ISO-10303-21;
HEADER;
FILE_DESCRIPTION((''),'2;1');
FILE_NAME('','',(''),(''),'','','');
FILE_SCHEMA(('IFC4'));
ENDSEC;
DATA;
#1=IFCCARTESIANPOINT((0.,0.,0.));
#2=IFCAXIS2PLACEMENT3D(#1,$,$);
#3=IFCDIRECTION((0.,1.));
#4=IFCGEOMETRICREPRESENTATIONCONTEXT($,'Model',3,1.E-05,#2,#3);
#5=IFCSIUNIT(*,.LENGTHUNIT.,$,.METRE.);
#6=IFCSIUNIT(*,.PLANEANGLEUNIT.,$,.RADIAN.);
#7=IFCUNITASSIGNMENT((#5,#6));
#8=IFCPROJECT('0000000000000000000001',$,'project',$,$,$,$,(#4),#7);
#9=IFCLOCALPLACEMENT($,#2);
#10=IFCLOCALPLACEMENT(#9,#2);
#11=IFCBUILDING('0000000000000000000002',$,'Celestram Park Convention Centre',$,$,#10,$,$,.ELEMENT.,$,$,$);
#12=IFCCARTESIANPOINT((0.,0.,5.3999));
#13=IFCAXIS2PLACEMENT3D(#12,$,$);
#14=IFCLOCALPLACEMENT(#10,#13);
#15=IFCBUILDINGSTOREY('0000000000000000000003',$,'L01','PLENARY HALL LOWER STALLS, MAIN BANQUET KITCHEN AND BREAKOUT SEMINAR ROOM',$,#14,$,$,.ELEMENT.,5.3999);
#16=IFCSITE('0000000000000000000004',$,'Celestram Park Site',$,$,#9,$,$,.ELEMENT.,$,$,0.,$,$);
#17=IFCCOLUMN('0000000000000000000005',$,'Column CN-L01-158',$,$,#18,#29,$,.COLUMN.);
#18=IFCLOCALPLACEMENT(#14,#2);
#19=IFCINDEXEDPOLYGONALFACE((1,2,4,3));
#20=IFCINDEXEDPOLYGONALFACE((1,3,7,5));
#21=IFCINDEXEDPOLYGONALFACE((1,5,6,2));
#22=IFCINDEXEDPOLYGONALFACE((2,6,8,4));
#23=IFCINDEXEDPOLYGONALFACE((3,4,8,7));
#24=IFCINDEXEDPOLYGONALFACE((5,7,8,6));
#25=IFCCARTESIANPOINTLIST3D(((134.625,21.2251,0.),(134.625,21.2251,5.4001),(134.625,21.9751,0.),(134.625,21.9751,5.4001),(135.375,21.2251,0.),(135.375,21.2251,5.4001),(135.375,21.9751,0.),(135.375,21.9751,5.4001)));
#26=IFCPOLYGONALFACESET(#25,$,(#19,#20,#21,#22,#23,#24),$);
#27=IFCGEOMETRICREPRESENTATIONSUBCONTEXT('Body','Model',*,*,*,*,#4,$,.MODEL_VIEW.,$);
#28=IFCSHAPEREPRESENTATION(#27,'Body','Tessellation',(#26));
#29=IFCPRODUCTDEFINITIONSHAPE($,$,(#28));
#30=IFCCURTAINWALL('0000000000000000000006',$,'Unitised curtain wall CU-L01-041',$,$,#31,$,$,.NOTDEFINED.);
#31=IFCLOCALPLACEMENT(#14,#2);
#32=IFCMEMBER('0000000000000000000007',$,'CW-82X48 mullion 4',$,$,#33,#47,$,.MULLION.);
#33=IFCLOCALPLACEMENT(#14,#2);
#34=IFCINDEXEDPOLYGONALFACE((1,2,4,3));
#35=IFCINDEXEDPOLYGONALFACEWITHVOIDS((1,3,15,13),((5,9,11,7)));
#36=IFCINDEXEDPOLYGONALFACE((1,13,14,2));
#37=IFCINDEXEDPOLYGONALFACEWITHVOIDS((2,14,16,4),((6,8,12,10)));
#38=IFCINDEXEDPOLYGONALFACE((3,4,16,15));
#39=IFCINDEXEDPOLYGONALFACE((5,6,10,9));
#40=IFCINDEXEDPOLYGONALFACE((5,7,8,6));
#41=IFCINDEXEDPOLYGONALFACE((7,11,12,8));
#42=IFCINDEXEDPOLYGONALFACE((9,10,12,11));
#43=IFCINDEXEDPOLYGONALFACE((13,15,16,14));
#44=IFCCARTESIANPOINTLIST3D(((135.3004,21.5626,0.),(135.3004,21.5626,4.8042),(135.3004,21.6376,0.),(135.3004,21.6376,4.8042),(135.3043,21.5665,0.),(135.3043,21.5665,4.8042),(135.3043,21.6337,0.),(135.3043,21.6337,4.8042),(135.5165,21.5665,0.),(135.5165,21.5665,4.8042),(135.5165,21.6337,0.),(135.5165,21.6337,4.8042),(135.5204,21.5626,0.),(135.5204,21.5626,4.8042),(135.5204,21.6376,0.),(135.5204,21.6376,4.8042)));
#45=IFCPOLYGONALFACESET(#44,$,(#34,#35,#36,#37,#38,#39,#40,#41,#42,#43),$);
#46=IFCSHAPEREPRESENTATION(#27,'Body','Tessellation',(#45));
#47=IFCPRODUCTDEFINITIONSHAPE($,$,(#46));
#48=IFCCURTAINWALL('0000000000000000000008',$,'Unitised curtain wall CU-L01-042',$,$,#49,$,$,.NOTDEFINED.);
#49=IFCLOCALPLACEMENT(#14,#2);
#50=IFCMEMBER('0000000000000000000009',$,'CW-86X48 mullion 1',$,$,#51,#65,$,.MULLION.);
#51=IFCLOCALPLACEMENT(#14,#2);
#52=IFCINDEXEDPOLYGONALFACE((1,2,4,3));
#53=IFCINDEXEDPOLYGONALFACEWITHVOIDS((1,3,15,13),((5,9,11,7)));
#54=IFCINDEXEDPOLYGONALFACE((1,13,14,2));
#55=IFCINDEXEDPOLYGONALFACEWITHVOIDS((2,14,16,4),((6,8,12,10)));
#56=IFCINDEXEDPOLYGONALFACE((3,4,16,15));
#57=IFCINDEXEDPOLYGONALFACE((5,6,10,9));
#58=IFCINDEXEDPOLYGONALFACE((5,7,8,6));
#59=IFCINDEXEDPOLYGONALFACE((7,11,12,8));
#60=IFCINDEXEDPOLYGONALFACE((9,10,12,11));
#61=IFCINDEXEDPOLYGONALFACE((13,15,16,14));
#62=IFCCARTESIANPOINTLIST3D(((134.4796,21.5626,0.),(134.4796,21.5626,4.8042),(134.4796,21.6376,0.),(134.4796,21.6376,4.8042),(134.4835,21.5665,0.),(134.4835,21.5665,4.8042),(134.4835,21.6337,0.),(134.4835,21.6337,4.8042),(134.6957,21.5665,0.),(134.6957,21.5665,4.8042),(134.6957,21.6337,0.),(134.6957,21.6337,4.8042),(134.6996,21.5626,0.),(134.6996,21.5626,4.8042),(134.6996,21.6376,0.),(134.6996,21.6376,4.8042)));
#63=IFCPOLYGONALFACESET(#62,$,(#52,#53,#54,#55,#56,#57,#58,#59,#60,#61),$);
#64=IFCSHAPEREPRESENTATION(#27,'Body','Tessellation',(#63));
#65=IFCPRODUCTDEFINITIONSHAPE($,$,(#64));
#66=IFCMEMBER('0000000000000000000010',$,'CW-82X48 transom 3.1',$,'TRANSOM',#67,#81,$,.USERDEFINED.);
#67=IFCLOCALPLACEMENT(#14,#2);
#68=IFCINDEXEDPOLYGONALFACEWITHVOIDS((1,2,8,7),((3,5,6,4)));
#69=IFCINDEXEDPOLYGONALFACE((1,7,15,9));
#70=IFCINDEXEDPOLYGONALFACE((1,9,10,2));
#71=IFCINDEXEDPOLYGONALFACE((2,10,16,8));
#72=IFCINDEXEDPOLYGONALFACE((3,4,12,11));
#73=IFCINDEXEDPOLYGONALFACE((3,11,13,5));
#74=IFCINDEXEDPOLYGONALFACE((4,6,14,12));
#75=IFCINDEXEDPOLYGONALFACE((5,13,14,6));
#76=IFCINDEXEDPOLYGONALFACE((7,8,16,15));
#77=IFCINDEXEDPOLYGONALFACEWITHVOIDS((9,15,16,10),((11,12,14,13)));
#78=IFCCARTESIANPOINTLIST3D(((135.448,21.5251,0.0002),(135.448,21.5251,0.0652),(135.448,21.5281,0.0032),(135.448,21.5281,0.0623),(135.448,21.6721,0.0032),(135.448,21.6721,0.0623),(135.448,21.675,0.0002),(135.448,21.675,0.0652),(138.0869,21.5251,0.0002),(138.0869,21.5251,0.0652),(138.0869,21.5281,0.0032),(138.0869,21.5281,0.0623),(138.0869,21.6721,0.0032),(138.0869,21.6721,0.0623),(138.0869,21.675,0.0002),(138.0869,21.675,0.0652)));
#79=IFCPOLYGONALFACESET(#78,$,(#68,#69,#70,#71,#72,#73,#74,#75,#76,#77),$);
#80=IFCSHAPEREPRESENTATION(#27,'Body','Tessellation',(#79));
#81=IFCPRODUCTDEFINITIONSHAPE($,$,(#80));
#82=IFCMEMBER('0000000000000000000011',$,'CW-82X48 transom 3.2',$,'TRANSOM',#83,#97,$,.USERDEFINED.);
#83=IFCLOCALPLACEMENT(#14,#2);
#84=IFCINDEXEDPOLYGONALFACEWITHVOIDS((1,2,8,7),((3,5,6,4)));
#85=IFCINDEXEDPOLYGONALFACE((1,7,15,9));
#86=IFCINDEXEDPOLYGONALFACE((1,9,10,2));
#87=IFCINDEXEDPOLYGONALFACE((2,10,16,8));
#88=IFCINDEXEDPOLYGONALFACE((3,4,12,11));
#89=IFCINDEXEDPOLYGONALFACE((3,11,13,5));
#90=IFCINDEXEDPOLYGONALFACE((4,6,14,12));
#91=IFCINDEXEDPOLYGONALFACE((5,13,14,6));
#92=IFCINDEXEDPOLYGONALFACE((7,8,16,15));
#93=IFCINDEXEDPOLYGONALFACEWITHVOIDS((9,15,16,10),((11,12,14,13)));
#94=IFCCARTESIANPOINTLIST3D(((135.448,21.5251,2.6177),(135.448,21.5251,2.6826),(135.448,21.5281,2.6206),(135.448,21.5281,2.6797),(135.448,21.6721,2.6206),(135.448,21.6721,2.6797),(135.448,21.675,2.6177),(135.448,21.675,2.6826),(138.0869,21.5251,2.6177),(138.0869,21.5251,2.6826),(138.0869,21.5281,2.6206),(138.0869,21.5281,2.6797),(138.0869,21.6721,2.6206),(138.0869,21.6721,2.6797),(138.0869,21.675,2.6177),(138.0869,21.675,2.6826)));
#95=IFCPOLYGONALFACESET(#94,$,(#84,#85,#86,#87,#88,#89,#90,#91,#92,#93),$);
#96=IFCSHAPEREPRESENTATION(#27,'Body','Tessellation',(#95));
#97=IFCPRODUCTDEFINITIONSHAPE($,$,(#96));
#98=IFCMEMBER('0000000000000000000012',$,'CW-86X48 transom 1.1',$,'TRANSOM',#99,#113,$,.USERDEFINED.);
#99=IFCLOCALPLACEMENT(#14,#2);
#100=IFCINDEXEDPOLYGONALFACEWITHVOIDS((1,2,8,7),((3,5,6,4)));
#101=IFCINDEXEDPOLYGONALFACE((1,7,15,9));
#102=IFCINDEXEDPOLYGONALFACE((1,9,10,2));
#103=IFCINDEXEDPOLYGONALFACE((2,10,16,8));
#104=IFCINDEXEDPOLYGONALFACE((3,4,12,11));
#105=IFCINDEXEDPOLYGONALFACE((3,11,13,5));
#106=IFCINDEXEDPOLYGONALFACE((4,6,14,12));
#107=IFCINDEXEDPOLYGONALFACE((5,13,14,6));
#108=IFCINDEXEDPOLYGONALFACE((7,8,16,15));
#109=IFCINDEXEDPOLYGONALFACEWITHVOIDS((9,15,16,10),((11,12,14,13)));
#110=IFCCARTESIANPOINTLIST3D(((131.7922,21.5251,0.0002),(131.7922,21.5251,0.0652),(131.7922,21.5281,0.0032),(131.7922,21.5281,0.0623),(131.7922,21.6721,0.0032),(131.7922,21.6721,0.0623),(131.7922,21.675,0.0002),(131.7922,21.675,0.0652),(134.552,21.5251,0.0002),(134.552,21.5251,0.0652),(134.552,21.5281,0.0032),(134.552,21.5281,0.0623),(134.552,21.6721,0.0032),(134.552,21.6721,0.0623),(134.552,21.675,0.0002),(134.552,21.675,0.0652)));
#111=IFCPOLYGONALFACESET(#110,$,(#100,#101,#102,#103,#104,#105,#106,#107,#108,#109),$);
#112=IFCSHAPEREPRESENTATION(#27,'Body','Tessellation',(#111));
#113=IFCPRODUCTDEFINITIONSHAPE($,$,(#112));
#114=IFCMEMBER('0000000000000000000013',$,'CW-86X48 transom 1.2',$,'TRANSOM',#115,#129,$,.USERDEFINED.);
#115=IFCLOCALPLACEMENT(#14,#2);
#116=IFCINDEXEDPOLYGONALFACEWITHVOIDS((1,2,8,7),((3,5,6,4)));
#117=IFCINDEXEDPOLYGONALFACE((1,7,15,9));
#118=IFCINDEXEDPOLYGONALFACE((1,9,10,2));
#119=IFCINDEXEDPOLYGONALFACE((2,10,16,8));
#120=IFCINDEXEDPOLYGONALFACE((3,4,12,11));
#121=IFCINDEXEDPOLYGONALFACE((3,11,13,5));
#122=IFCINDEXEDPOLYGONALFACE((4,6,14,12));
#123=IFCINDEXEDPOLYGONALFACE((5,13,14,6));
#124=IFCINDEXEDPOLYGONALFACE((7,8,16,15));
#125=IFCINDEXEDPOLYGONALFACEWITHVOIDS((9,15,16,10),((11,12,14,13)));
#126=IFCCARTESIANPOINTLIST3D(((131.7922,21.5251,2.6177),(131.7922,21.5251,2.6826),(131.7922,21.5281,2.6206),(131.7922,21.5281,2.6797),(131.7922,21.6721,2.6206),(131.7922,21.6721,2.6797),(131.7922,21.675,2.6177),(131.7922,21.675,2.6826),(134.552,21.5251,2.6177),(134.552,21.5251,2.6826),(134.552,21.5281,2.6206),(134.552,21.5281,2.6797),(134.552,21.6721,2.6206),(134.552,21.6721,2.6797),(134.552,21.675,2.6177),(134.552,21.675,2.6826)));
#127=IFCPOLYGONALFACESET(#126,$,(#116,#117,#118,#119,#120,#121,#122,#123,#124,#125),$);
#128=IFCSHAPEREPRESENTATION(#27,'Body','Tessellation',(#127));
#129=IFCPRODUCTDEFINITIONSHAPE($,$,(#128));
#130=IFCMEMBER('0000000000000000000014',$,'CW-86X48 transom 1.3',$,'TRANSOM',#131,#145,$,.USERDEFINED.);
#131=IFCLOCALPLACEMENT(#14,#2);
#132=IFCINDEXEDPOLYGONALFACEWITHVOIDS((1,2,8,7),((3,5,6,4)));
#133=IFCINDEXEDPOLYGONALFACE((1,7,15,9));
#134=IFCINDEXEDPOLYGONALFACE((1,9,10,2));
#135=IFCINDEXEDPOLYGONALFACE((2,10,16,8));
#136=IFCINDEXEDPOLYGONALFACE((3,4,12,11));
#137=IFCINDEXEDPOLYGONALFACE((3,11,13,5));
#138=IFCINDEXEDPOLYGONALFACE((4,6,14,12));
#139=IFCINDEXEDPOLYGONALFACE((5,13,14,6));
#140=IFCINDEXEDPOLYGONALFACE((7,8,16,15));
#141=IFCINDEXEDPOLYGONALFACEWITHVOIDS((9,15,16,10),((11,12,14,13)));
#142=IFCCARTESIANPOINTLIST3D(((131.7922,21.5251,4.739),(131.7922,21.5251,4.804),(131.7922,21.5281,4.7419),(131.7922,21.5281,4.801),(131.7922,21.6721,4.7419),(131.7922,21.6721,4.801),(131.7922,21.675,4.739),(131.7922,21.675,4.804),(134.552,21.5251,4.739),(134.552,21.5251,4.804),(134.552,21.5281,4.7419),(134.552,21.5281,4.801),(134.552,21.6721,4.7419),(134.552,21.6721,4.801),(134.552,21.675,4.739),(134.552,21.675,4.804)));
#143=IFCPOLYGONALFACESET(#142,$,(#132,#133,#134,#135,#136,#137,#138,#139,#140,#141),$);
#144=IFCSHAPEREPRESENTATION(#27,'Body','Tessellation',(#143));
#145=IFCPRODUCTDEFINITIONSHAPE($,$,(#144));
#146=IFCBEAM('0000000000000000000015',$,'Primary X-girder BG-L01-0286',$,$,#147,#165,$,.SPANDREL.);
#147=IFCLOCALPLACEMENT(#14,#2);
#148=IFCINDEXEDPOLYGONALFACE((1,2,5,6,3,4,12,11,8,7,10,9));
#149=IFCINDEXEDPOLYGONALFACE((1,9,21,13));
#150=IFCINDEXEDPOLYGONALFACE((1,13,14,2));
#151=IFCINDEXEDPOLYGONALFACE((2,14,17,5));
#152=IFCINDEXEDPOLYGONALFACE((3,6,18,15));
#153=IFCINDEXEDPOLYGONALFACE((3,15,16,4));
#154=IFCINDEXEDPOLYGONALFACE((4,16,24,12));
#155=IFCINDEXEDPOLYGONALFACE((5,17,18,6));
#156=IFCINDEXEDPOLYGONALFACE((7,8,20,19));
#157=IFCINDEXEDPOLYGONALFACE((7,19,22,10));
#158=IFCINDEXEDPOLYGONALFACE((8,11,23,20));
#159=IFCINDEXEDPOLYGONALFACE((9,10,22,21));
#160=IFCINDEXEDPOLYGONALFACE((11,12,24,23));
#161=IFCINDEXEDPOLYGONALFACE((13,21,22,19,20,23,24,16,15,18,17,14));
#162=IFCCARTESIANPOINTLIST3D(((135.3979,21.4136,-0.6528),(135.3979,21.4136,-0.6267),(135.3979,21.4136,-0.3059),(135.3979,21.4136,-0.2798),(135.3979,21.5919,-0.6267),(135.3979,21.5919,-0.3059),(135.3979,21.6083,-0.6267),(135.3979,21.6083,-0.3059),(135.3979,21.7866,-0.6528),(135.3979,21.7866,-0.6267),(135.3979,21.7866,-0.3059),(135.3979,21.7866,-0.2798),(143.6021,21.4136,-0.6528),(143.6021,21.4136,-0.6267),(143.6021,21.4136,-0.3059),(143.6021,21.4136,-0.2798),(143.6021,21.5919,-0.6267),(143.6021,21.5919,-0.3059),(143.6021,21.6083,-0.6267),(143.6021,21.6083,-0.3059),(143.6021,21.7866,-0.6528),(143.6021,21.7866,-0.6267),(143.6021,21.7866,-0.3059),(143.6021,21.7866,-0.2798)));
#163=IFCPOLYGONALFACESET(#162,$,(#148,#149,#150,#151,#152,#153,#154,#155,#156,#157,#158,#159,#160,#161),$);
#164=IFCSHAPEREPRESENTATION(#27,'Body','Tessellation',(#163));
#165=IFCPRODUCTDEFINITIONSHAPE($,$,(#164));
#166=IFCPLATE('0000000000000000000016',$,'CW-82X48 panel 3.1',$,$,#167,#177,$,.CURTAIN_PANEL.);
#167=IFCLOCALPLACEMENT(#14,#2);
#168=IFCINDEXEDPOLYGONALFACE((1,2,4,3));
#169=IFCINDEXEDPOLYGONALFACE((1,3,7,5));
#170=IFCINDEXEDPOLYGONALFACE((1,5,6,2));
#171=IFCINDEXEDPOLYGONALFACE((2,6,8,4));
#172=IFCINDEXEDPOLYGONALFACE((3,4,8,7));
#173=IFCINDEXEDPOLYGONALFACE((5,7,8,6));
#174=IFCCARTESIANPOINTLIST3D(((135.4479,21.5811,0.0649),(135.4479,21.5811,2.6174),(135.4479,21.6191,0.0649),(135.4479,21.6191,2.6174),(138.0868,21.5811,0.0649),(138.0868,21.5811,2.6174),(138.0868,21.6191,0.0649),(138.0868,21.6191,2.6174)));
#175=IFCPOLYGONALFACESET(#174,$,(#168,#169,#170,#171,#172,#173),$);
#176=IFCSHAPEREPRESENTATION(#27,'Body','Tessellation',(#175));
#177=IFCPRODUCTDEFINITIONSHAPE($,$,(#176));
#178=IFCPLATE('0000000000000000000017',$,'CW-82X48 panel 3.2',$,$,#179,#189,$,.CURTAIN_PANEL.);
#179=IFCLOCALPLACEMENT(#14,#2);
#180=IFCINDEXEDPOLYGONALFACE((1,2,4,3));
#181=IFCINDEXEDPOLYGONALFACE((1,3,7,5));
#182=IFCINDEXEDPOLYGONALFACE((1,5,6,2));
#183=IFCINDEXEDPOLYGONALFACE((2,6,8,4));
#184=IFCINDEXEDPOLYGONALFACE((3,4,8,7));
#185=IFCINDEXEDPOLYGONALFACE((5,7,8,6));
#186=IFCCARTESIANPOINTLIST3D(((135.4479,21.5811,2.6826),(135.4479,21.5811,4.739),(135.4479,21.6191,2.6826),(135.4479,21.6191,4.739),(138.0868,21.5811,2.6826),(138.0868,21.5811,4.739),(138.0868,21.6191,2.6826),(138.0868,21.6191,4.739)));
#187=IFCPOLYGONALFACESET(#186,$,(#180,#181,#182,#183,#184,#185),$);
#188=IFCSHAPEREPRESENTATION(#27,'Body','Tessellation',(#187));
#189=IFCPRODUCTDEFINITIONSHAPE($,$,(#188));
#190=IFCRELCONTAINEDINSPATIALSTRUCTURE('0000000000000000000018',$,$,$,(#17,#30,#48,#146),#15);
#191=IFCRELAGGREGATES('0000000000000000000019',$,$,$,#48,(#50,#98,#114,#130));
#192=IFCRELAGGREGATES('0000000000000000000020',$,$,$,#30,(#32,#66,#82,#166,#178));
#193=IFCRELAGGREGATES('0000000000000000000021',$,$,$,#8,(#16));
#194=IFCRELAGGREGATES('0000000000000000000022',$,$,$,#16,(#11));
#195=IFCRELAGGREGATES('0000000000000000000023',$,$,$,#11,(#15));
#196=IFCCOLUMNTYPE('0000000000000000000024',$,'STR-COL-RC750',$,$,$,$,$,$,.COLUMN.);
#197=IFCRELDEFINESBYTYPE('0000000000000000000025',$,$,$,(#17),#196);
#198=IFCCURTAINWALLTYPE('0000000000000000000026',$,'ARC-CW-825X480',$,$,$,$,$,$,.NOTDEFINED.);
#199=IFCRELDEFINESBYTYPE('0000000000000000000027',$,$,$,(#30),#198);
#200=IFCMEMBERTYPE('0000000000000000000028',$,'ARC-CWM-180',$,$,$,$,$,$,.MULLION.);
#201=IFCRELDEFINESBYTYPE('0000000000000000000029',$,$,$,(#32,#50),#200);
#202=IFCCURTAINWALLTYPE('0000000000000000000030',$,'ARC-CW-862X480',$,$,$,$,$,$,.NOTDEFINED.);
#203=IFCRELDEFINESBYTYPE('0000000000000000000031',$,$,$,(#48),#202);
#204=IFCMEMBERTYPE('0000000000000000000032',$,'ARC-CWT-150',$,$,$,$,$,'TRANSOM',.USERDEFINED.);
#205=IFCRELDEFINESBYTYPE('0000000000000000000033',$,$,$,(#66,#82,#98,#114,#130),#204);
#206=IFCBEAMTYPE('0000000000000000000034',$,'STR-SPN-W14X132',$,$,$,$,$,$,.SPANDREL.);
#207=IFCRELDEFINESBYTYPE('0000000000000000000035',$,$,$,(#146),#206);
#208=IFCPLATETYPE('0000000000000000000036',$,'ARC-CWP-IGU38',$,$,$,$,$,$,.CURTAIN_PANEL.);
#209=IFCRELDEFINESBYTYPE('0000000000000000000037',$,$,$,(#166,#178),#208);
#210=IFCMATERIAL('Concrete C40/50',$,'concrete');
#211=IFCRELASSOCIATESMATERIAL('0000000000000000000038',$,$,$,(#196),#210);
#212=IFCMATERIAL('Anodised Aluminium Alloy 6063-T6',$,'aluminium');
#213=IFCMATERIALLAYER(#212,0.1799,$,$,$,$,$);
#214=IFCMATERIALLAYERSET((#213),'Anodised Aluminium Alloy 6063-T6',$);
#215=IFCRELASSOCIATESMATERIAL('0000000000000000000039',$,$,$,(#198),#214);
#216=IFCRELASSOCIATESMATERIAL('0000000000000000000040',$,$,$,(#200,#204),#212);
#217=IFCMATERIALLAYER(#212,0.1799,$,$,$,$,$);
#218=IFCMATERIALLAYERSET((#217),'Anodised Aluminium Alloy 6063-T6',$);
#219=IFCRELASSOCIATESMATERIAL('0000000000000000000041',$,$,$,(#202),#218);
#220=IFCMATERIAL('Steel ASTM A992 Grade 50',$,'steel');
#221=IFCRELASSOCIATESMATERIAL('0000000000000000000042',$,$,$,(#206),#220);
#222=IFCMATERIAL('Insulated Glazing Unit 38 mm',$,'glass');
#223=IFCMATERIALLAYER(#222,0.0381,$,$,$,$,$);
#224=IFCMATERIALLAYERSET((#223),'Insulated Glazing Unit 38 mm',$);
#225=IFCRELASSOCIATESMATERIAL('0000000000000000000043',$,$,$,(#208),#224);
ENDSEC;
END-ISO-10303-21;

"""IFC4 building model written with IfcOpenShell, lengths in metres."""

from ifc_helpers import new_model, si_unit, direction, frame, origin, origin_2d, place, context, subcontext, project, spatial, rectangle, hollow_rectangle, i_section, extrude, material, layer, layer_set, material_profile, profile_set, type_object, element, aggregate, save


model = new_model("IFC4")

# Units and contexts
model_context = context("Model", 3, precision=1e-05, world=origin(), true_north=direction((0.0, 1.0)))
body_context = subcontext(model_context, "Body", "Model", "MODEL_VIEW")
ifc_project = project(units=[si_unit("LENGTHUNIT", "METRE"), si_unit("PLANEANGLEUNIT", "RADIAN")], contexts=[model_context])

# Site, building, storey
site_placement = place(None, origin())
site = spatial("IfcSite", under=ifc_project, at=site_placement, Name="Celestram Park Site", CompositionType="ELEMENT", RefElevation=0.0)
building_placement = place(site_placement, origin())
building = spatial("IfcBuilding", under=site, at=building_placement, Name="Celestram Park Convention Centre", CompositionType="ELEMENT")
storey_placement = place(building_placement, frame((0.0, 0.0, 5.3999)))
storey = spatial("IfcBuildingStorey", under=building, at=storey_placement, Name="L01", Description="PLENARY HALL LOWER STALLS, MAIN BANQUET KITCHEN AND BREAKOUT SEMINAR ROOM", CompositionType="ELEMENT", Elevation=5.3999)

# Column
ifc_material_1 = material(Name="Concrete C40/50", Category="concrete")
ifc_material_profile_1 = material_profile(ifc_material_1, rectangle(XDim=0.75, YDim=0.75, at=origin_2d()), Name="RC750X750")
ifc_profile_set_1 = profile_set([ifc_material_profile_1], Name="Concrete C40/50")
column_type = type_object("IfcColumnType", Name="STR-COL-RC750", PredefinedType="COLUMN", material=ifc_profile_set_1)
column_placement = place(storey_placement, frame((135.0, 21.6001, 0.0), z_axis=(0.0, 0.0, 1.0), x_axis=(1.0, 0.0, 0.0)))
element("IfcColumn", 1, at=column_placement, inside=storey, type_object=column_type, Name="Column CN-L01-158", PredefinedType="COLUMN", context=body_context, shape_type="SweptSolid", body=[
    extrude(rectangle(XDim=0.75, YDim=0.75, at=origin_2d()), origin(), (0.0, 0.0, 1.0), 5.4001),
])

# Curtain walls, members
ifc_material_2 = material(Name="Anodised Aluminium Alloy 6063-T6", Category="aluminium")
ifc_layer_1 = layer(ifc_material_2, 0.1799)
ifc_layer_set_1 = layer_set([ifc_layer_1], Name="Anodised Aluminium Alloy 6063-T6")
curtain_wall_type_1 = type_object("IfcCurtainWallType", Name="ARC-CW-825X480", PredefinedType="NOTDEFINED", material=ifc_layer_set_1)
curtain_wall_1_placement = place(storey_placement, origin())
curtain_wall_1 = element("IfcCurtainWall", 2, at=curtain_wall_1_placement, inside=storey, type_object=curtain_wall_type_1, Name="Unitised curtain wall CU-L01-041", PredefinedType="NOTDEFINED")
ifc_material_profile_2 = material_profile(ifc_material_2, hollow_rectangle(XDim=0.075, YDim=0.22, WallThickness=0.0039, at=origin_2d()), Name="ALU75X220X4")
ifc_profile_set_2 = profile_set([ifc_material_profile_2], Name="Anodised Aluminium Alloy 6063-T6")
member_type_1 = type_object("IfcMemberType", Name="ARC-CWM-180", PredefinedType="MULLION", material=ifc_profile_set_2)
member_1_placement = place(storey_placement, frame((135.4104, 21.6001, 0.0), z_axis=(0.0, 0.0, 1.0), x_axis=(0.0, -1.0, 0.0)))
member_1 = element("IfcMember", 3, at=member_1_placement, type_object=member_type_1, Name="CW-82X48 mullion 4", PredefinedType="MULLION", context=body_context, shape_type="SweptSolid", body=[
    extrude(hollow_rectangle(XDim=0.075, YDim=0.22, WallThickness=0.0039, at=origin_2d()), origin(), (0.0, 0.0, 1.0), 4.8042),
])
ifc_layer_2 = layer(ifc_material_2, 0.1799)
ifc_layer_set_2 = layer_set([ifc_layer_2], Name="Anodised Aluminium Alloy 6063-T6")
curtain_wall_type_2 = type_object("IfcCurtainWallType", Name="ARC-CW-862X480", PredefinedType="NOTDEFINED", material=ifc_layer_set_2)
curtain_wall_2_placement = place(storey_placement, origin())
curtain_wall_2 = element("IfcCurtainWall", 4, at=curtain_wall_2_placement, inside=storey, type_object=curtain_wall_type_2, Name="Unitised curtain wall CU-L01-042", PredefinedType="NOTDEFINED")
member_2_placement = place(storey_placement, frame((134.5896, 21.6001, 0.0), z_axis=(0.0, 0.0, 1.0), x_axis=(0.0, -1.0, 0.0)))
member_2 = element("IfcMember", 5, at=member_2_placement, type_object=member_type_1, Name="CW-86X48 mullion 1", PredefinedType="MULLION", context=body_context, shape_type="SweptSolid", body=[
    extrude(hollow_rectangle(XDim=0.075, YDim=0.22, WallThickness=0.0039, at=origin_2d()), origin(), (0.0, 0.0, 1.0), 4.8042),
])

# Members
ifc_material_profile_3 = material_profile(ifc_material_2, hollow_rectangle(XDim=0.1499, YDim=0.0649, WallThickness=0.0029, at=origin_2d()), Name="ALU150X65X3")
ifc_profile_set_3 = profile_set([ifc_material_profile_3], Name="Anodised Aluminium Alloy 6063-T6")
member_type_2 = type_object("IfcMemberType", Name="ARC-CWT-150", ElementType="TRANSOM", PredefinedType="USERDEFINED", material=ifc_profile_set_3)
member_3_placement = place(storey_placement, frame((138.0869, 21.6001, 0.0327), z_axis=(-1.0, 0.0, 0.0), x_axis=(0.0, -1.0, 0.0)))
member_3 = element("IfcMember", 6, at=member_3_placement, type_object=member_type_2, Name="CW-82X48 transom 3.1", ObjectType="TRANSOM", PredefinedType="USERDEFINED", context=body_context, shape_type="SweptSolid", body=[
    extrude(hollow_rectangle(XDim=0.1499, YDim=0.0649, WallThickness=0.0029, at=origin_2d()), origin(), (0.0, 0.0, 1.0), 2.6389),
])
member_4_placement = place(storey_placement, frame((138.0869, 21.6001, 2.6501), z_axis=(-1.0, 0.0, 0.0), x_axis=(0.0, -1.0, 0.0)))
member_4 = element("IfcMember", 7, at=member_4_placement, type_object=member_type_2, Name="CW-82X48 transom 3.2", ObjectType="TRANSOM", PredefinedType="USERDEFINED", context=body_context, shape_type="SweptSolid", body=[
    extrude(hollow_rectangle(XDim=0.1499, YDim=0.0649, WallThickness=0.0029, at=origin_2d()), origin(), (0.0, 0.0, 1.0), 2.6389),
])
member_5_placement = place(storey_placement, frame((134.552, 21.6001, 0.0327), z_axis=(-1.0, 0.0, 0.0), x_axis=(0.0, -1.0, 0.0)))
member_5 = element("IfcMember", 8, at=member_5_placement, type_object=member_type_2, Name="CW-86X48 transom 1.1", ObjectType="TRANSOM", PredefinedType="USERDEFINED", context=body_context, shape_type="SweptSolid", body=[
    extrude(hollow_rectangle(XDim=0.1499, YDim=0.0649, WallThickness=0.0029, at=origin_2d()), origin(), (0.0, 0.0, 1.0), 2.7598),
])
member_6_placement = place(storey_placement, frame((134.552, 21.6001, 2.6501), z_axis=(-1.0, 0.0, 0.0), x_axis=(0.0, -1.0, 0.0)))
member_6 = element("IfcMember", 9, at=member_6_placement, type_object=member_type_2, Name="CW-86X48 transom 1.2", ObjectType="TRANSOM", PredefinedType="USERDEFINED", context=body_context, shape_type="SweptSolid", body=[
    extrude(hollow_rectangle(XDim=0.1499, YDim=0.0649, WallThickness=0.0029, at=origin_2d()), origin(), (0.0, 0.0, 1.0), 2.7598),
])
member_7_placement = place(storey_placement, frame((134.552, 21.6001, 4.7715), z_axis=(-1.0, 0.0, 0.0), x_axis=(0.0, -1.0, 0.0)))
member_7 = element("IfcMember", 10, at=member_7_placement, type_object=member_type_2, Name="CW-86X48 transom 1.3", ObjectType="TRANSOM", PredefinedType="USERDEFINED", context=body_context, shape_type="SweptSolid", body=[
    extrude(hollow_rectangle(XDim=0.1499, YDim=0.0649, WallThickness=0.0029, at=origin_2d()), origin(), (0.0, 0.0, 1.0), 2.7598),
])
aggregate(curtain_wall_2, [member_2, member_5, member_6, member_7])

# Beam
ifc_material_3 = material(Name="Steel ASTM A992 Grade 50", Category="steel")
ifc_material_profile_4 = material_profile(ifc_material_3, i_section(OverallWidth=0.373, OverallDepth=0.373, WebThickness=0.0164, FlangeThickness=0.0261, at=origin_2d()), Name="W14X132")
ifc_profile_set_4 = profile_set([ifc_material_profile_4], Name="Steel ASTM A992 Grade 50")
beam_type = type_object("IfcBeamType", Name="STR-SPN-W14X132", PredefinedType="SPANDREL", material=ifc_profile_set_4)
beam_placement = place(storey_placement, frame((135.3979, 21.6001, -0.4663), z_axis=(1.0, 0.0, 0.0), x_axis=(0.0, 1.0, 0.0)))
element("IfcBeam", 11, at=beam_placement, inside=storey, type_object=beam_type, Name="Primary X-girder BG-L01-0286", PredefinedType="SPANDREL", context=body_context, shape_type="SweptSolid", body=[
    extrude(i_section(OverallWidth=0.373, OverallDepth=0.373, WebThickness=0.0164, FlangeThickness=0.0261, at=origin_2d()), origin(), (0.0, 0.0, 1.0), 8.2041),
])

# Plates
ifc_material_4 = material(Name="Insulated Glazing Unit 38 mm", Category="glass")
ifc_layer_3 = layer(ifc_material_4, 0.0381)
ifc_layer_set_3 = layer_set([ifc_layer_3], Name="Insulated Glazing Unit 38 mm")
plate_type = type_object("IfcPlateType", Name="ARC-CWP-IGU38", PredefinedType="CURTAIN_PANEL", material=ifc_layer_set_3)
plate_1_placement = place(storey_placement, frame((136.7673, 21.6001, 0.0649), z_axis=(0.0, 0.0, 1.0), x_axis=(-1.0, 0.0, 0.0)))
plate_1 = element("IfcPlate", 12, at=plate_1_placement, type_object=plate_type, Name="CW-82X48 panel 3.1", PredefinedType="CURTAIN_PANEL", context=body_context, shape_type="SweptSolid", body=[
    extrude(rectangle(XDim=2.6389, YDim=0.0381, at=origin_2d()), origin(), (0.0, 0.0, 1.0), 2.5525),
])
plate_2_placement = place(storey_placement, frame((136.7673, 21.6001, 2.6826), z_axis=(0.0, 0.0, 1.0), x_axis=(-1.0, 0.0, 0.0)))
plate_2 = element("IfcPlate", 13, at=plate_2_placement, type_object=plate_type, Name="CW-82X48 panel 3.2", PredefinedType="CURTAIN_PANEL", context=body_context, shape_type="SweptSolid", body=[
    extrude(rectangle(XDim=2.6389, YDim=0.0381, at=origin_2d()), origin(), (0.0, 0.0, 1.0), 2.0564),
])
aggregate(curtain_wall_1, [member_1, member_3, member_4, plate_1, plate_2])

save(model, "model.ifc")
